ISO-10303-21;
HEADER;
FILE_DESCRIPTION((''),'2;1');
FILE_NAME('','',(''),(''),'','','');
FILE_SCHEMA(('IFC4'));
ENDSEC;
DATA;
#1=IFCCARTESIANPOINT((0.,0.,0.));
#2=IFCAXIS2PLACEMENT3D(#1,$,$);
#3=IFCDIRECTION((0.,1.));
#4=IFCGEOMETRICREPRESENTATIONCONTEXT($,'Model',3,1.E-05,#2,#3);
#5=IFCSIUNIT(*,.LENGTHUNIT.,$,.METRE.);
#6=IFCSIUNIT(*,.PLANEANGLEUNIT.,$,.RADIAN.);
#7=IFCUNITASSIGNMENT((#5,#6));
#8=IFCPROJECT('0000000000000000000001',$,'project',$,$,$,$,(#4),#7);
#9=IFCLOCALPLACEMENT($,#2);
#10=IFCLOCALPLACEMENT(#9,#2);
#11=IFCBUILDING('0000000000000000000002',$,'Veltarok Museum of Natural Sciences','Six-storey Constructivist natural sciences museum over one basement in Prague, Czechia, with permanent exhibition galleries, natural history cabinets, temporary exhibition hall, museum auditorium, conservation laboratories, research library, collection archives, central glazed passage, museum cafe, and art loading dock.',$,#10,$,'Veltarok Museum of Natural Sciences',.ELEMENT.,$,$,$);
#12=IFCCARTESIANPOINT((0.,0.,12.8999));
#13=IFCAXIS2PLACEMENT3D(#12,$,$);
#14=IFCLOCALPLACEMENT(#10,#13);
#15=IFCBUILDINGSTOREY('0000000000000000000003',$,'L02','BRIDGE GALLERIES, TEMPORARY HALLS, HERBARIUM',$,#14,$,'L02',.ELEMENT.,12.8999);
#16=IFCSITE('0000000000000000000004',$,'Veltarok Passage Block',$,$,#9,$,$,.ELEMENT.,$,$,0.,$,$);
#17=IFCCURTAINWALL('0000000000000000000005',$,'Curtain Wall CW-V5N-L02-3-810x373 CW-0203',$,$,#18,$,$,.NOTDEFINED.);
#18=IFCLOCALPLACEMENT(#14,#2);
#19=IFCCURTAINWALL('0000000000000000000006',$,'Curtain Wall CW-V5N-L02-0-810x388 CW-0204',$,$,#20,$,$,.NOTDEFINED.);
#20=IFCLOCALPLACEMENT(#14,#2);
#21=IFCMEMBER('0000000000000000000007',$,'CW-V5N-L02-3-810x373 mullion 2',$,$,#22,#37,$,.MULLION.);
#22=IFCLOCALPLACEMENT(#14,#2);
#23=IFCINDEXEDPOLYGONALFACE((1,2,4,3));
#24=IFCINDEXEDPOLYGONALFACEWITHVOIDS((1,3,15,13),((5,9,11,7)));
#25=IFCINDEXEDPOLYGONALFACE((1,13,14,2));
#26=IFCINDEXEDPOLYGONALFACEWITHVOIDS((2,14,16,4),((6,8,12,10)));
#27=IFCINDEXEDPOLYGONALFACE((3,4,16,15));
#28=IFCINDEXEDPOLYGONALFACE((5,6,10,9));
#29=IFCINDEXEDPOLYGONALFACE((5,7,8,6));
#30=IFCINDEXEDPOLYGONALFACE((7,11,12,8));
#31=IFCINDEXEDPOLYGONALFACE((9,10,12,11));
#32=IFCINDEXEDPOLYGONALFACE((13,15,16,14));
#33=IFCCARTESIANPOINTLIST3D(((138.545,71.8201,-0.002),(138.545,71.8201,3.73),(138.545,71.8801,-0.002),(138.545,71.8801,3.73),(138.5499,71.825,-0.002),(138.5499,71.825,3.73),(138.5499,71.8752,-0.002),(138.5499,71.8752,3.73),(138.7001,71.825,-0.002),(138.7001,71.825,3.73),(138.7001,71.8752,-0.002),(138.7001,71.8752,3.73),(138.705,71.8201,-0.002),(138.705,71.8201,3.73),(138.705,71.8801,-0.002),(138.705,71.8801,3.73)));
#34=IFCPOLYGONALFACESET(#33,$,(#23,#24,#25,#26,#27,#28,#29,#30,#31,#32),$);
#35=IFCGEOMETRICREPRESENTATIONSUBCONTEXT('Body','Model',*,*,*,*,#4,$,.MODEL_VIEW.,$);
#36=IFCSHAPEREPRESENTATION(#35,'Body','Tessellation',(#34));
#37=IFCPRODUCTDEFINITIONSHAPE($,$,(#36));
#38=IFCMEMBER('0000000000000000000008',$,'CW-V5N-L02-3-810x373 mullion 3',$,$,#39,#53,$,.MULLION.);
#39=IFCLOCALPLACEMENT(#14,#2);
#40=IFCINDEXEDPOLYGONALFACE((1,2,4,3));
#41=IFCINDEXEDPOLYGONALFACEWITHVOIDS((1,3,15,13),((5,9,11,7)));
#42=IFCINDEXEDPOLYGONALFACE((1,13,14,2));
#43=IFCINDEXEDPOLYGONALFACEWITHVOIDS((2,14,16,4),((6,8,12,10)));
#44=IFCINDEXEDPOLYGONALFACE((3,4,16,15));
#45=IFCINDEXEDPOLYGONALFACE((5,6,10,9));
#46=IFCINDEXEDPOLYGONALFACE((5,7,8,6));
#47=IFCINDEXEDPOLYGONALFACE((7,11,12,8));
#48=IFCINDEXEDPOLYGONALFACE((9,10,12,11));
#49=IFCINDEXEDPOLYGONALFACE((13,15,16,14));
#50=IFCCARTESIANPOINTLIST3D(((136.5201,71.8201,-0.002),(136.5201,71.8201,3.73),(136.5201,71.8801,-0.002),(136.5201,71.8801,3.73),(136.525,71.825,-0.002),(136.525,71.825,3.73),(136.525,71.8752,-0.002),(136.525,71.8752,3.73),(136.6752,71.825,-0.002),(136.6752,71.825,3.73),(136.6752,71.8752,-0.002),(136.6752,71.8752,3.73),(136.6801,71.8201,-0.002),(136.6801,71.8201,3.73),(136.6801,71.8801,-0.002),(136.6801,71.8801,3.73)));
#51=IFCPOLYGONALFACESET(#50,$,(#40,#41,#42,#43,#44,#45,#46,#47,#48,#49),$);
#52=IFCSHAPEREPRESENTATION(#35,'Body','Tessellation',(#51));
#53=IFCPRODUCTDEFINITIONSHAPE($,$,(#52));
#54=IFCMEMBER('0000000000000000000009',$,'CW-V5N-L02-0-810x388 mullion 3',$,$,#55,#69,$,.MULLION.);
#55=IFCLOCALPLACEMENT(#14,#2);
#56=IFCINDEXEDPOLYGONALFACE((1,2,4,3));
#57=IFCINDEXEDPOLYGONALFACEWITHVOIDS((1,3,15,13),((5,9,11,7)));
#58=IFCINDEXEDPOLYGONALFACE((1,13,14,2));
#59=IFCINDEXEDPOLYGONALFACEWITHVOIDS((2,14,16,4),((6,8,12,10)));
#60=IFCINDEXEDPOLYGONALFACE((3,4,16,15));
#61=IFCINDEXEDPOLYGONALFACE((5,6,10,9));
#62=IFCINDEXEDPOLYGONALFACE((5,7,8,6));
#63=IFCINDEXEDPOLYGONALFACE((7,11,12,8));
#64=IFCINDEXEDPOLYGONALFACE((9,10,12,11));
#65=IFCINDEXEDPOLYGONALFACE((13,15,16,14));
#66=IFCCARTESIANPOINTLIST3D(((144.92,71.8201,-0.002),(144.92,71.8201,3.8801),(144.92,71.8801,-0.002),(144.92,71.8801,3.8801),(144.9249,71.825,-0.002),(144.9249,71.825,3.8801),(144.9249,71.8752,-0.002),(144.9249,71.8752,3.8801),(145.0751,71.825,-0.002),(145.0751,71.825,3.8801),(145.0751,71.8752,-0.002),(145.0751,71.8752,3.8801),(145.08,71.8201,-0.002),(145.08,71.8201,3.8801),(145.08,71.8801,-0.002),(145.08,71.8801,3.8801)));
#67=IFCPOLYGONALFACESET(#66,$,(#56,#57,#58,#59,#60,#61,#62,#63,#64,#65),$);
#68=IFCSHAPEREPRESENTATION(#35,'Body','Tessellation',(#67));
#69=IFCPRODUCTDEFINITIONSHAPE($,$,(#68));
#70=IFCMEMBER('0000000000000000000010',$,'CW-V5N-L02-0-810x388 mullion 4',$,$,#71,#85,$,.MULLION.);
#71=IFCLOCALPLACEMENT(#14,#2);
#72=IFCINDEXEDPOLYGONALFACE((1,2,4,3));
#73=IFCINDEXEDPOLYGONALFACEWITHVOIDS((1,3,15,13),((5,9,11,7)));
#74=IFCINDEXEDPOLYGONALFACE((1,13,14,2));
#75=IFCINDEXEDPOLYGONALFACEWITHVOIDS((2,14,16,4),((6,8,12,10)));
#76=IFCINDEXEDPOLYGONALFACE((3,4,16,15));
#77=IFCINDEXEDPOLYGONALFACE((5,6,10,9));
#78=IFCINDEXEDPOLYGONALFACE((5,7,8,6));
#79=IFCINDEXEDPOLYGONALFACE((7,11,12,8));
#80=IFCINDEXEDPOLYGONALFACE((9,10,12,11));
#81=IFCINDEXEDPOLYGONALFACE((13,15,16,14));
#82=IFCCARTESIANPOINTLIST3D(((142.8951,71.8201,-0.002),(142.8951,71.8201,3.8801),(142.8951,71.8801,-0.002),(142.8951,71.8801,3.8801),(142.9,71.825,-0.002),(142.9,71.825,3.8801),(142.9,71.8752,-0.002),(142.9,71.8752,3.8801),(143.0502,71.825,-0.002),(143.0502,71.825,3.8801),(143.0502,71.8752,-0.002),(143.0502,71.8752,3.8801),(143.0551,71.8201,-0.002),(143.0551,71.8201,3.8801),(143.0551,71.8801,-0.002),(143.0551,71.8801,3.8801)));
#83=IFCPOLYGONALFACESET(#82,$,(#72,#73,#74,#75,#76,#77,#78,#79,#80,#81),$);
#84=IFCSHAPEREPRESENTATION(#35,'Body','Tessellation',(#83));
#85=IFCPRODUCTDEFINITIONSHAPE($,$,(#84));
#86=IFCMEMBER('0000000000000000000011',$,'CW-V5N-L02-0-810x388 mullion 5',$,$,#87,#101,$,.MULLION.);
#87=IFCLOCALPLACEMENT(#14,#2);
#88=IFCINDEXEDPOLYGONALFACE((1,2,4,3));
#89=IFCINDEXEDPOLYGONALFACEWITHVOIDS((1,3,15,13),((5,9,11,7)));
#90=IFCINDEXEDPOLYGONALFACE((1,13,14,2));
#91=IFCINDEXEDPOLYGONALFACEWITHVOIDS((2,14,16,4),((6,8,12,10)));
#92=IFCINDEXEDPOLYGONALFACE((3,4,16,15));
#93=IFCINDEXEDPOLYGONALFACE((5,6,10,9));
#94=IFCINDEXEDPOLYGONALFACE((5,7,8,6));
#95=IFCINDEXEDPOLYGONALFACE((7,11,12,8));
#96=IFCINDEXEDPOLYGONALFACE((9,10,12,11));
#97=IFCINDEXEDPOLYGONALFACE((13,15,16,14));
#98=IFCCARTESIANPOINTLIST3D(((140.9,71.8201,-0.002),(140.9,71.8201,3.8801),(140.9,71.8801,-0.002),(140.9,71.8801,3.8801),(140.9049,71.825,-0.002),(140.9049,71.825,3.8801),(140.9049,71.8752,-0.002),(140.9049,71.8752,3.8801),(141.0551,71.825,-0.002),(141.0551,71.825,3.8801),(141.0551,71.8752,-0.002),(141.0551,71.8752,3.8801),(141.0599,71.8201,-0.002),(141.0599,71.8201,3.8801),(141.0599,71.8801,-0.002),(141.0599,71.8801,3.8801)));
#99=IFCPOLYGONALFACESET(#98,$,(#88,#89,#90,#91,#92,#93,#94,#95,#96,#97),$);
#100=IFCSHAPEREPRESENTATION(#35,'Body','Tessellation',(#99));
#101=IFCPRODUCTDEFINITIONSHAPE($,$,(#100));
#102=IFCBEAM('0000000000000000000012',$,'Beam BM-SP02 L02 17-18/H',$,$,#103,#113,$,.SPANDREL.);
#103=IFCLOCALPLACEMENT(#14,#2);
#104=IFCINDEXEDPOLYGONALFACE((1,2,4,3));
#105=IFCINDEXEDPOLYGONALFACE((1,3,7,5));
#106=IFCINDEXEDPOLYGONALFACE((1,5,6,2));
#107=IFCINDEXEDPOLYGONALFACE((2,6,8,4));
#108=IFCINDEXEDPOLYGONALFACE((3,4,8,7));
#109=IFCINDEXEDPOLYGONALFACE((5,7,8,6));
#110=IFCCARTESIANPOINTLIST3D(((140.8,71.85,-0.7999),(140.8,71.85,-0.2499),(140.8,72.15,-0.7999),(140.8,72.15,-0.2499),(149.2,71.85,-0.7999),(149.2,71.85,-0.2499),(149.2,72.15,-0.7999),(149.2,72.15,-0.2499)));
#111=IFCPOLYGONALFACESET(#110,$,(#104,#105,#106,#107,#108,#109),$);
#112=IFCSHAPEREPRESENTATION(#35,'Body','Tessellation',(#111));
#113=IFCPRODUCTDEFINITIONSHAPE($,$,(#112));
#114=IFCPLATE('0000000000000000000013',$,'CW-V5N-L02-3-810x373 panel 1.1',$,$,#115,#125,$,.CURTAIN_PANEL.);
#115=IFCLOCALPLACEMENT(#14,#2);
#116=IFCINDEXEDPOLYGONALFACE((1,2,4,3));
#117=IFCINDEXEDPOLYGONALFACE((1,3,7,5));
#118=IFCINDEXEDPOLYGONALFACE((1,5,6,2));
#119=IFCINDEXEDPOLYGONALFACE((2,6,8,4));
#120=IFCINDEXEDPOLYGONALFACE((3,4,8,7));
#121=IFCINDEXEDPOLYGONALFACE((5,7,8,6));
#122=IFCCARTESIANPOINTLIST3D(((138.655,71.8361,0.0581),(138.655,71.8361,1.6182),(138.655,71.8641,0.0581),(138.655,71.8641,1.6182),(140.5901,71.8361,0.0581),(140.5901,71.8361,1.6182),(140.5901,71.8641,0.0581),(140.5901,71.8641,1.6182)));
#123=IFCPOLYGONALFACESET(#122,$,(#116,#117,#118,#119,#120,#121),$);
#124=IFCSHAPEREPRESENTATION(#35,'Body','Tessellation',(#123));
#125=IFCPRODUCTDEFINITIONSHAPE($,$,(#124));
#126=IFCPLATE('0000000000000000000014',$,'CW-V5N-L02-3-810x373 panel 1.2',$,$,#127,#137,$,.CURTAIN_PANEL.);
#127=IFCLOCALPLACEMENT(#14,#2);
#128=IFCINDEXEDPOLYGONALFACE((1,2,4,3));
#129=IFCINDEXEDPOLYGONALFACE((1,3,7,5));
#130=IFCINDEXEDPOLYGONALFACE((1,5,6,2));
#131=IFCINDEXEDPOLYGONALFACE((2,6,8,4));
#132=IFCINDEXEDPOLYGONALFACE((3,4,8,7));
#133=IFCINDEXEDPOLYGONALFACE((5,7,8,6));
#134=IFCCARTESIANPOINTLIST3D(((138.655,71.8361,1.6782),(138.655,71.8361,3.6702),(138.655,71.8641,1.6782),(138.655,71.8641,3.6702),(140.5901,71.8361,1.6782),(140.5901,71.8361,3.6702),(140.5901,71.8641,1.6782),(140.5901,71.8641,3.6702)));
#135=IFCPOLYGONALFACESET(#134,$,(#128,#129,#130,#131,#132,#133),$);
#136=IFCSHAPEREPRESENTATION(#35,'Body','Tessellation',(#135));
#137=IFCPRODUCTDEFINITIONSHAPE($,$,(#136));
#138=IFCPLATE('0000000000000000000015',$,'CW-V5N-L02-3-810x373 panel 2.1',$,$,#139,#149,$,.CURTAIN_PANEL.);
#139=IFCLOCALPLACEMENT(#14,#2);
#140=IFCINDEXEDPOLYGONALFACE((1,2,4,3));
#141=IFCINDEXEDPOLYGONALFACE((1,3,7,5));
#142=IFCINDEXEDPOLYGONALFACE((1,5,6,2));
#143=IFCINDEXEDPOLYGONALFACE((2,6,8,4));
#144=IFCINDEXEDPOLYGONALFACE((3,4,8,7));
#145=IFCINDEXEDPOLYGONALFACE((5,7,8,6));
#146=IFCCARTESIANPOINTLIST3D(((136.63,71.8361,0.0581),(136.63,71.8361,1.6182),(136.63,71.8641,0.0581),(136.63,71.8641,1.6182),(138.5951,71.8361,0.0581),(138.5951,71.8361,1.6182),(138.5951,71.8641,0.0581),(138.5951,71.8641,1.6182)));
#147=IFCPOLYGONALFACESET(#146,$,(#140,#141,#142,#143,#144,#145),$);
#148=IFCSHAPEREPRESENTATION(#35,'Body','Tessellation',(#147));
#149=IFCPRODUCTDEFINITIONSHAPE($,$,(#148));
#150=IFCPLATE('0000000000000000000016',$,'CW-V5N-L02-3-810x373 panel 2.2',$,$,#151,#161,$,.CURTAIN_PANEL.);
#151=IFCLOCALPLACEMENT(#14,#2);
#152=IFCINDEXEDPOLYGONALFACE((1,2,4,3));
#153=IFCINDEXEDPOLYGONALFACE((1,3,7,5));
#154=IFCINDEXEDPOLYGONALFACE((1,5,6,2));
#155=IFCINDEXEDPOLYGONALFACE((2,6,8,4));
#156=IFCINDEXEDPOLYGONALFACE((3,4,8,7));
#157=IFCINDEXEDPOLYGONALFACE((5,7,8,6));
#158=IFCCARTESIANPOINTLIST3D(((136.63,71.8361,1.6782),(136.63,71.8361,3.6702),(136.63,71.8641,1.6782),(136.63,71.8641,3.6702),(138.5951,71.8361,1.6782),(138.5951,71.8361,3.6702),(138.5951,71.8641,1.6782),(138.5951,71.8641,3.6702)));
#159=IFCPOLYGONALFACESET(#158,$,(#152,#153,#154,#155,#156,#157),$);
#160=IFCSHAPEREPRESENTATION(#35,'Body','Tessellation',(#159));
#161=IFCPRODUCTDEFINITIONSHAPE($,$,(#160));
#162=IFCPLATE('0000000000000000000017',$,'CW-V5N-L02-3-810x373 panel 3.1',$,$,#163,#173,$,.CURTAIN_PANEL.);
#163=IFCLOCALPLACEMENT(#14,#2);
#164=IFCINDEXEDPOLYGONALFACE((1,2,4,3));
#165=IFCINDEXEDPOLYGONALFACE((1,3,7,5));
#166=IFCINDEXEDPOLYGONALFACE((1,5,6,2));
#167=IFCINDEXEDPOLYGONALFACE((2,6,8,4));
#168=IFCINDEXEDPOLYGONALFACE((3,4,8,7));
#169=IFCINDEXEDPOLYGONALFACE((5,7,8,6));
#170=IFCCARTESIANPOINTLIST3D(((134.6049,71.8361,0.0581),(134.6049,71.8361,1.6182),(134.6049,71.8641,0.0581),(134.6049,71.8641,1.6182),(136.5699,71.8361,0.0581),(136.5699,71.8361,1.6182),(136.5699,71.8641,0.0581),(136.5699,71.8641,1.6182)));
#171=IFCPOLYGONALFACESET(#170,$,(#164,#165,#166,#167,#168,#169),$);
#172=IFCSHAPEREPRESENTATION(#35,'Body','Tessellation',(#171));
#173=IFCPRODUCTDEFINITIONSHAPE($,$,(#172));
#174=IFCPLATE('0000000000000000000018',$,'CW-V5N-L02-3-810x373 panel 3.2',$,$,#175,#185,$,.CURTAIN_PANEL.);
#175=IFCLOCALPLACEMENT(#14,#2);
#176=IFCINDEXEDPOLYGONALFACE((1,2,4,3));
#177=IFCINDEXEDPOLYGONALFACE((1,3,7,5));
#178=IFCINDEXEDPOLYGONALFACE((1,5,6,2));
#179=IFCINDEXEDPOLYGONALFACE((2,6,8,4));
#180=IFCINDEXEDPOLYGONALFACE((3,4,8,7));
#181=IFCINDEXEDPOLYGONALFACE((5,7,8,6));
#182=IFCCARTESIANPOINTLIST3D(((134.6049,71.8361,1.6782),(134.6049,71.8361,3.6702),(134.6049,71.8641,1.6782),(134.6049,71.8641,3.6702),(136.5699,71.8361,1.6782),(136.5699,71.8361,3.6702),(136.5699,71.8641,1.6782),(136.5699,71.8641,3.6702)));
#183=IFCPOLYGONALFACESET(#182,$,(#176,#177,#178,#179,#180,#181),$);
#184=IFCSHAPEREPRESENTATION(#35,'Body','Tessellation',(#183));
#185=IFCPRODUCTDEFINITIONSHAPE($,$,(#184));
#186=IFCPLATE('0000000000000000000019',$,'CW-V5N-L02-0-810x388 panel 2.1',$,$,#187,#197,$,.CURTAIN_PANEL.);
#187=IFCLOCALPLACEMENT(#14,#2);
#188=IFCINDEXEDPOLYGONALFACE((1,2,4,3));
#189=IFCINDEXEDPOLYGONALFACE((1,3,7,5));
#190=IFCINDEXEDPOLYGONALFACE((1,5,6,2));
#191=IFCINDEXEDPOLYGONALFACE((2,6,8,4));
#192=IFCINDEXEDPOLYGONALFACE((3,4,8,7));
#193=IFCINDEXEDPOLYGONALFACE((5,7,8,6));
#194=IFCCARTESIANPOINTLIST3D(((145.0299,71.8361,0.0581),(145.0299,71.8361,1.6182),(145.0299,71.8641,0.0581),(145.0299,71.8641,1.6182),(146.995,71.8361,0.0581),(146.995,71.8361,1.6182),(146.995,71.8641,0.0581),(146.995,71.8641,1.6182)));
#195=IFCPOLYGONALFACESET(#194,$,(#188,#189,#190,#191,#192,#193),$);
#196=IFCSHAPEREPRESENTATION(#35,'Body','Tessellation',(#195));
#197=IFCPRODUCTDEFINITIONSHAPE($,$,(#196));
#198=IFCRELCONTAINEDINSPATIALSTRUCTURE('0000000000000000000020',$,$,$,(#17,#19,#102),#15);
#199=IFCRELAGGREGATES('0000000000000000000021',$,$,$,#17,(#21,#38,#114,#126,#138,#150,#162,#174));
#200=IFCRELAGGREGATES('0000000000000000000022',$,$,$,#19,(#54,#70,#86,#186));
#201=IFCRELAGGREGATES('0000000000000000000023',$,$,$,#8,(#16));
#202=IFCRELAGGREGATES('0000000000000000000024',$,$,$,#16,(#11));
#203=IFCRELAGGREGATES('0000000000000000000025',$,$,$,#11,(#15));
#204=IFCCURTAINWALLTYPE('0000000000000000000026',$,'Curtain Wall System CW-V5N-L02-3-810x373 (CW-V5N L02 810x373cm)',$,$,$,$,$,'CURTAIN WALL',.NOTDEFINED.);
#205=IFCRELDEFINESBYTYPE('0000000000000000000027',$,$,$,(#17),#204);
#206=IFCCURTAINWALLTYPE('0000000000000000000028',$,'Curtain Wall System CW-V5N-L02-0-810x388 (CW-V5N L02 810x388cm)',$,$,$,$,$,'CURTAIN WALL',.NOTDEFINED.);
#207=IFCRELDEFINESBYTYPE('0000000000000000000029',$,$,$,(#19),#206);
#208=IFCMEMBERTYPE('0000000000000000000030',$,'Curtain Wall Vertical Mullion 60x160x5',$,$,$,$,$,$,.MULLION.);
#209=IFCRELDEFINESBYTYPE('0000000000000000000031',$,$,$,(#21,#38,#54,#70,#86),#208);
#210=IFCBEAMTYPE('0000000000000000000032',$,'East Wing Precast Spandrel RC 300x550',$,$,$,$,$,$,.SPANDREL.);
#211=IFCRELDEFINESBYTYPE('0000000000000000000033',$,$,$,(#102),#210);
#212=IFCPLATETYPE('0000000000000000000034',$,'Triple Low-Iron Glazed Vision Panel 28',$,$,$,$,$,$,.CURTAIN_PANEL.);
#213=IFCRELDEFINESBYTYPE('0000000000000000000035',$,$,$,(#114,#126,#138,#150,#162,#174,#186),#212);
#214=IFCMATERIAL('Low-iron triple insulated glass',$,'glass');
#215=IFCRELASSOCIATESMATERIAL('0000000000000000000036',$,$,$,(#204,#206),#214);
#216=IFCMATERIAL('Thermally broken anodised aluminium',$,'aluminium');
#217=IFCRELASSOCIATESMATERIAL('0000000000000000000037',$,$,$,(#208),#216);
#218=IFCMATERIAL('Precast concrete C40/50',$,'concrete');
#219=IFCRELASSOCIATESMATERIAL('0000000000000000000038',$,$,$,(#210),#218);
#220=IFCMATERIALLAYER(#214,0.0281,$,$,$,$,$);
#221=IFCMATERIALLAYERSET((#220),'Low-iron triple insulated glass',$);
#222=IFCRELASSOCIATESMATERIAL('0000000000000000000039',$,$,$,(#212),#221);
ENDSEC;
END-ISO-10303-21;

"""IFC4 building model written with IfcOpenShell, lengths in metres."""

from ifc_helpers import new_model, si_unit, direction, frame, origin, origin_2d, place, context, subcontext, project, spatial, rectangle, hollow_rectangle, extrude, material, layer, layer_set, material_profile, profile_set, type_object, element, aggregate, save


model = new_model("IFC4")

# Units and contexts
model_context = context("Model", 3, precision=1e-05, world=origin(), true_north=direction((0.0, 1.0)))
body_context = subcontext(model_context, "Body", "Model", "MODEL_VIEW")
ifc_project = project(units=[si_unit("LENGTHUNIT", "METRE"), si_unit("PLANEANGLEUNIT", "RADIAN")], contexts=[model_context])

# Site, building, storey
site_placement = place(None, origin())
site = spatial("IfcSite", under=ifc_project, at=site_placement, Name="Veltarok Passage Block", CompositionType="ELEMENT", RefElevation=0.0)
building_placement = place(site_placement, origin())
building = spatial("IfcBuilding", under=site, at=building_placement, Name="Veltarok Museum of Natural Sciences", Description="Six-storey Constructivist natural sciences museum over one basement in Prague, Czechia, with permanent exhibition galleries, natural history cabinets, temporary exhibition hall, museum auditorium, conservation laboratories, research library, collection archives, central glazed passage, museum cafe, and art loading dock.", LongName="Veltarok Museum of Natural Sciences", CompositionType="ELEMENT")
storey_placement = place(building_placement, frame((0.0, 0.0, 12.8999)))
storey = spatial("IfcBuildingStorey", under=building, at=storey_placement, Name="L02", Description="BRIDGE GALLERIES, TEMPORARY HALLS, HERBARIUM", LongName="L02", CompositionType="ELEMENT", Elevation=12.8999)

# Curtain walls
ifc_material_1 = material(Name="Low-iron triple insulated glass", Category="glass")
curtain_wall_type_1 = type_object("IfcCurtainWallType", Name="Curtain Wall System CW-V5N-L02-3-810x373 (CW-V5N L02 810x373cm)", ElementType="CURTAIN WALL", PredefinedType="NOTDEFINED", material=ifc_material_1)
curtain_wall_1_placement = place(storey_placement, origin())
curtain_wall_1 = element("IfcCurtainWall", 1, at=curtain_wall_1_placement, inside=storey, type_object=curtain_wall_type_1, Name="Curtain Wall CW-V5N-L02-3-810x373 CW-0203", PredefinedType="NOTDEFINED")
ifc_material_2 = material(Name="Thermally broken anodised aluminium", Category="aluminium")
curtain_wall_type_2 = type_object("IfcCurtainWallType", Name="Curtain Wall System CW-V5N-L02-0-810x388 (CW-V5N L02 810x388cm)", ElementType="CURTAIN WALL", PredefinedType="NOTDEFINED", material=ifc_material_1)
curtain_wall_2_placement = place(storey_placement, origin())
curtain_wall_2 = element("IfcCurtainWall", 2, at=curtain_wall_2_placement, inside=storey, type_object=curtain_wall_type_2, Name="Curtain Wall CW-V5N-L02-0-810x388 CW-0204", PredefinedType="NOTDEFINED")

# Members
ifc_material_profile_1 = material_profile(ifc_material_2, hollow_rectangle(XDim=0.0601, YDim=0.1599, WallThickness=0.0049, at=origin_2d()), Name="CW MULLION 60x160x5")
ifc_profile_set_1 = profile_set([ifc_material_profile_1], Name="Thermally broken anodised aluminium")
member_type_1 = type_object("IfcMemberType", Name="Curtain Wall Vertical Mullion 60x160x5", PredefinedType="MULLION", material=ifc_profile_set_1)
member_1_placement = place(storey_placement, frame((138.625, 71.8501, -0.002), z_axis=(0.0, 0.0, 1.0), x_axis=(0.0, -1.0, 0.0)))
member_1 = element("IfcMember", 3, at=member_1_placement, type_object=member_type_1, Name="CW-V5N-L02-3-810x373 mullion 2", PredefinedType="MULLION", context=body_context, shape_type="SweptSolid", body=[
    extrude(hollow_rectangle(XDim=0.0601, YDim=0.1599, WallThickness=0.0049, at=origin_2d()), origin(), (0.0, 0.0, 1.0), 3.7319),
])
member_2_placement = place(storey_placement, frame((136.6001, 71.8501, -0.002), z_axis=(0.0, 0.0, 1.0), x_axis=(0.0, -1.0, 0.0)))
member_2 = element("IfcMember", 4, at=member_2_placement, type_object=member_type_1, Name="CW-V5N-L02-3-810x373 mullion 3", PredefinedType="MULLION", context=body_context, shape_type="SweptSolid", body=[
    extrude(hollow_rectangle(XDim=0.0601, YDim=0.1599, WallThickness=0.0049, at=origin_2d()), origin(), (0.0, 0.0, 1.0), 3.7319),
])
member_3_placement = place(storey_placement, frame((145.0, 71.8501, -0.002), z_axis=(0.0, 0.0, 1.0), x_axis=(0.0, -1.0, 0.0)))
member_3 = element("IfcMember", 5, at=member_3_placement, type_object=member_type_1, Name="CW-V5N-L02-0-810x388 mullion 3", PredefinedType="MULLION", context=body_context, shape_type="SweptSolid", body=[
    extrude(hollow_rectangle(XDim=0.0601, YDim=0.1599, WallThickness=0.0049, at=origin_2d()), origin(), (0.0, 0.0, 1.0), 3.8821),
])
member_4_placement = place(storey_placement, frame((142.9751, 71.8501, -0.002), z_axis=(0.0, 0.0, 1.0), x_axis=(0.0, -1.0, 0.0)))
member_4 = element("IfcMember", 6, at=member_4_placement, type_object=member_type_1, Name="CW-V5N-L02-0-810x388 mullion 4", PredefinedType="MULLION", context=body_context, shape_type="SweptSolid", body=[
    extrude(hollow_rectangle(XDim=0.0601, YDim=0.1599, WallThickness=0.0049, at=origin_2d()), origin(), (0.0, 0.0, 1.0), 3.8821),
])
member_5_placement = place(storey_placement, frame((140.98, 71.8501, -0.002), z_axis=(0.0, 0.0, 1.0), x_axis=(0.0, -1.0, 0.0)))
member_5 = element("IfcMember", 7, at=member_5_placement, type_object=member_type_1, Name="CW-V5N-L02-0-810x388 mullion 5", PredefinedType="MULLION", context=body_context, shape_type="SweptSolid", body=[
    extrude(hollow_rectangle(XDim=0.0601, YDim=0.1599, WallThickness=0.0049, at=origin_2d()), origin(), (0.0, 0.0, 1.0), 3.8821),
])

# Beam
ifc_material_3 = material(Name="Precast concrete C40/50", Category="concrete")
ifc_material_profile_2 = material_profile(ifc_material_3, rectangle(XDim=0.3, YDim=0.55, at=origin_2d()), Name="RC 300x550")
ifc_profile_set_2 = profile_set([ifc_material_profile_2], Name="Precast concrete C40/50")
beam_type = type_object("IfcBeamType", Name="East Wing Precast Spandrel RC 300x550", PredefinedType="SPANDREL", material=ifc_profile_set_2)
beam_placement = place(storey_placement, frame((140.8, 72.0, -0.5249), z_axis=(1.0, 0.0, 0.0), x_axis=(0.0, 1.0, 0.0)))
element("IfcBeam", 8, at=beam_placement, inside=storey, type_object=beam_type, Name="Beam BM-SP02 L02 17-18/H", PredefinedType="SPANDREL", context=body_context, shape_type="SweptSolid", body=[
    extrude(rectangle(XDim=0.3, YDim=0.55, at=origin_2d()), origin(), (0.0, 0.0, 1.0), 8.3999),
])

# Plates
ifc_layer = layer(ifc_material_1, 0.0281)
ifc_layer_set = layer_set([ifc_layer], Name="Low-iron triple insulated glass")
plate_type = type_object("IfcPlateType", Name="Triple Low-Iron Glazed Vision Panel 28", PredefinedType="CURTAIN_PANEL", material=ifc_layer_set)
plate_1_placement = place(storey_placement, frame((139.6226, 71.8501, 0.0581), z_axis=(0.0, 0.0, 1.0), x_axis=(-1.0, 0.0, 0.0)))
plate_1 = element("IfcPlate", 9, at=plate_1_placement, type_object=plate_type, Name="CW-V5N-L02-3-810x373 panel 1.1", PredefinedType="CURTAIN_PANEL", context=body_context, shape_type="SweptSolid", body=[
    extrude(rectangle(XDim=1.9351, YDim=0.0281, at=origin_2d()), origin(), (0.0, 0.0, 1.0), 1.5601),
])
plate_2_placement = place(storey_placement, frame((139.6226, 71.8501, 1.6782), z_axis=(0.0, 0.0, 1.0), x_axis=(-1.0, 0.0, 0.0)))
plate_2 = element("IfcPlate", 10, at=plate_2_placement, type_object=plate_type, Name="CW-V5N-L02-3-810x373 panel 1.2", PredefinedType="CURTAIN_PANEL", context=body_context, shape_type="SweptSolid", body=[
    extrude(rectangle(XDim=1.9351, YDim=0.0281, at=origin_2d()), origin(), (0.0, 0.0, 1.0), 1.9919),
])
plate_3_placement = place(storey_placement, frame((137.6125, 71.8501, 0.0581), z_axis=(0.0, 0.0, 1.0), x_axis=(-1.0, 0.0, 0.0)))
plate_3 = element("IfcPlate", 11, at=plate_3_placement, type_object=plate_type, Name="CW-V5N-L02-3-810x373 panel 2.1", PredefinedType="CURTAIN_PANEL", context=body_context, shape_type="SweptSolid", body=[
    extrude(rectangle(XDim=1.9651, YDim=0.0281, at=origin_2d()), origin(), (0.0, 0.0, 1.0), 1.5601),
])
plate_4_placement = place(storey_placement, frame((137.6125, 71.8501, 1.6782), z_axis=(0.0, 0.0, 1.0), x_axis=(-1.0, 0.0, 0.0)))
plate_4 = element("IfcPlate", 12, at=plate_4_placement, type_object=plate_type, Name="CW-V5N-L02-3-810x373 panel 2.2", PredefinedType="CURTAIN_PANEL", context=body_context, shape_type="SweptSolid", body=[
    extrude(rectangle(XDim=1.9651, YDim=0.0281, at=origin_2d()), origin(), (0.0, 0.0, 1.0), 1.9919),
])
plate_5_placement = place(storey_placement, frame((135.5874, 71.8501, 0.0581), z_axis=(0.0, 0.0, 1.0), x_axis=(-1.0, 0.0, 0.0)))
plate_5 = element("IfcPlate", 13, at=plate_5_placement, type_object=plate_type, Name="CW-V5N-L02-3-810x373 panel 3.1", PredefinedType="CURTAIN_PANEL", context=body_context, shape_type="SweptSolid", body=[
    extrude(rectangle(XDim=1.9651, YDim=0.0281, at=origin_2d()), origin(), (0.0, 0.0, 1.0), 1.5601),
])
plate_6_placement = place(storey_placement, frame((135.5874, 71.8501, 1.6782), z_axis=(0.0, 0.0, 1.0), x_axis=(-1.0, 0.0, 0.0)))
plate_6 = element("IfcPlate", 14, at=plate_6_placement, type_object=plate_type, Name="CW-V5N-L02-3-810x373 panel 3.2", PredefinedType="CURTAIN_PANEL", context=body_context, shape_type="SweptSolid", body=[
    extrude(rectangle(XDim=1.9651, YDim=0.0281, at=origin_2d()), origin(), (0.0, 0.0, 1.0), 1.9919),
])
aggregate(curtain_wall_1, [member_1, member_2, plate_1, plate_2, plate_3, plate_4, plate_5, plate_6])
plate_7_placement = place(storey_placement, frame((146.0125, 71.8501, 0.0581), z_axis=(0.0, 0.0, 1.0), x_axis=(-1.0, 0.0, 0.0)))
plate_7 = element("IfcPlate", 15, at=plate_7_placement, type_object=plate_type, Name="CW-V5N-L02-0-810x388 panel 2.1", PredefinedType="CURTAIN_PANEL", context=body_context, shape_type="SweptSolid", body=[
    extrude(rectangle(XDim=1.9651, YDim=0.0281, at=origin_2d()), origin(), (0.0, 0.0, 1.0), 1.5601),
])
aggregate(curtain_wall_2, [member_3, member_4, member_5, plate_7])

save(model, "model.ifc")
